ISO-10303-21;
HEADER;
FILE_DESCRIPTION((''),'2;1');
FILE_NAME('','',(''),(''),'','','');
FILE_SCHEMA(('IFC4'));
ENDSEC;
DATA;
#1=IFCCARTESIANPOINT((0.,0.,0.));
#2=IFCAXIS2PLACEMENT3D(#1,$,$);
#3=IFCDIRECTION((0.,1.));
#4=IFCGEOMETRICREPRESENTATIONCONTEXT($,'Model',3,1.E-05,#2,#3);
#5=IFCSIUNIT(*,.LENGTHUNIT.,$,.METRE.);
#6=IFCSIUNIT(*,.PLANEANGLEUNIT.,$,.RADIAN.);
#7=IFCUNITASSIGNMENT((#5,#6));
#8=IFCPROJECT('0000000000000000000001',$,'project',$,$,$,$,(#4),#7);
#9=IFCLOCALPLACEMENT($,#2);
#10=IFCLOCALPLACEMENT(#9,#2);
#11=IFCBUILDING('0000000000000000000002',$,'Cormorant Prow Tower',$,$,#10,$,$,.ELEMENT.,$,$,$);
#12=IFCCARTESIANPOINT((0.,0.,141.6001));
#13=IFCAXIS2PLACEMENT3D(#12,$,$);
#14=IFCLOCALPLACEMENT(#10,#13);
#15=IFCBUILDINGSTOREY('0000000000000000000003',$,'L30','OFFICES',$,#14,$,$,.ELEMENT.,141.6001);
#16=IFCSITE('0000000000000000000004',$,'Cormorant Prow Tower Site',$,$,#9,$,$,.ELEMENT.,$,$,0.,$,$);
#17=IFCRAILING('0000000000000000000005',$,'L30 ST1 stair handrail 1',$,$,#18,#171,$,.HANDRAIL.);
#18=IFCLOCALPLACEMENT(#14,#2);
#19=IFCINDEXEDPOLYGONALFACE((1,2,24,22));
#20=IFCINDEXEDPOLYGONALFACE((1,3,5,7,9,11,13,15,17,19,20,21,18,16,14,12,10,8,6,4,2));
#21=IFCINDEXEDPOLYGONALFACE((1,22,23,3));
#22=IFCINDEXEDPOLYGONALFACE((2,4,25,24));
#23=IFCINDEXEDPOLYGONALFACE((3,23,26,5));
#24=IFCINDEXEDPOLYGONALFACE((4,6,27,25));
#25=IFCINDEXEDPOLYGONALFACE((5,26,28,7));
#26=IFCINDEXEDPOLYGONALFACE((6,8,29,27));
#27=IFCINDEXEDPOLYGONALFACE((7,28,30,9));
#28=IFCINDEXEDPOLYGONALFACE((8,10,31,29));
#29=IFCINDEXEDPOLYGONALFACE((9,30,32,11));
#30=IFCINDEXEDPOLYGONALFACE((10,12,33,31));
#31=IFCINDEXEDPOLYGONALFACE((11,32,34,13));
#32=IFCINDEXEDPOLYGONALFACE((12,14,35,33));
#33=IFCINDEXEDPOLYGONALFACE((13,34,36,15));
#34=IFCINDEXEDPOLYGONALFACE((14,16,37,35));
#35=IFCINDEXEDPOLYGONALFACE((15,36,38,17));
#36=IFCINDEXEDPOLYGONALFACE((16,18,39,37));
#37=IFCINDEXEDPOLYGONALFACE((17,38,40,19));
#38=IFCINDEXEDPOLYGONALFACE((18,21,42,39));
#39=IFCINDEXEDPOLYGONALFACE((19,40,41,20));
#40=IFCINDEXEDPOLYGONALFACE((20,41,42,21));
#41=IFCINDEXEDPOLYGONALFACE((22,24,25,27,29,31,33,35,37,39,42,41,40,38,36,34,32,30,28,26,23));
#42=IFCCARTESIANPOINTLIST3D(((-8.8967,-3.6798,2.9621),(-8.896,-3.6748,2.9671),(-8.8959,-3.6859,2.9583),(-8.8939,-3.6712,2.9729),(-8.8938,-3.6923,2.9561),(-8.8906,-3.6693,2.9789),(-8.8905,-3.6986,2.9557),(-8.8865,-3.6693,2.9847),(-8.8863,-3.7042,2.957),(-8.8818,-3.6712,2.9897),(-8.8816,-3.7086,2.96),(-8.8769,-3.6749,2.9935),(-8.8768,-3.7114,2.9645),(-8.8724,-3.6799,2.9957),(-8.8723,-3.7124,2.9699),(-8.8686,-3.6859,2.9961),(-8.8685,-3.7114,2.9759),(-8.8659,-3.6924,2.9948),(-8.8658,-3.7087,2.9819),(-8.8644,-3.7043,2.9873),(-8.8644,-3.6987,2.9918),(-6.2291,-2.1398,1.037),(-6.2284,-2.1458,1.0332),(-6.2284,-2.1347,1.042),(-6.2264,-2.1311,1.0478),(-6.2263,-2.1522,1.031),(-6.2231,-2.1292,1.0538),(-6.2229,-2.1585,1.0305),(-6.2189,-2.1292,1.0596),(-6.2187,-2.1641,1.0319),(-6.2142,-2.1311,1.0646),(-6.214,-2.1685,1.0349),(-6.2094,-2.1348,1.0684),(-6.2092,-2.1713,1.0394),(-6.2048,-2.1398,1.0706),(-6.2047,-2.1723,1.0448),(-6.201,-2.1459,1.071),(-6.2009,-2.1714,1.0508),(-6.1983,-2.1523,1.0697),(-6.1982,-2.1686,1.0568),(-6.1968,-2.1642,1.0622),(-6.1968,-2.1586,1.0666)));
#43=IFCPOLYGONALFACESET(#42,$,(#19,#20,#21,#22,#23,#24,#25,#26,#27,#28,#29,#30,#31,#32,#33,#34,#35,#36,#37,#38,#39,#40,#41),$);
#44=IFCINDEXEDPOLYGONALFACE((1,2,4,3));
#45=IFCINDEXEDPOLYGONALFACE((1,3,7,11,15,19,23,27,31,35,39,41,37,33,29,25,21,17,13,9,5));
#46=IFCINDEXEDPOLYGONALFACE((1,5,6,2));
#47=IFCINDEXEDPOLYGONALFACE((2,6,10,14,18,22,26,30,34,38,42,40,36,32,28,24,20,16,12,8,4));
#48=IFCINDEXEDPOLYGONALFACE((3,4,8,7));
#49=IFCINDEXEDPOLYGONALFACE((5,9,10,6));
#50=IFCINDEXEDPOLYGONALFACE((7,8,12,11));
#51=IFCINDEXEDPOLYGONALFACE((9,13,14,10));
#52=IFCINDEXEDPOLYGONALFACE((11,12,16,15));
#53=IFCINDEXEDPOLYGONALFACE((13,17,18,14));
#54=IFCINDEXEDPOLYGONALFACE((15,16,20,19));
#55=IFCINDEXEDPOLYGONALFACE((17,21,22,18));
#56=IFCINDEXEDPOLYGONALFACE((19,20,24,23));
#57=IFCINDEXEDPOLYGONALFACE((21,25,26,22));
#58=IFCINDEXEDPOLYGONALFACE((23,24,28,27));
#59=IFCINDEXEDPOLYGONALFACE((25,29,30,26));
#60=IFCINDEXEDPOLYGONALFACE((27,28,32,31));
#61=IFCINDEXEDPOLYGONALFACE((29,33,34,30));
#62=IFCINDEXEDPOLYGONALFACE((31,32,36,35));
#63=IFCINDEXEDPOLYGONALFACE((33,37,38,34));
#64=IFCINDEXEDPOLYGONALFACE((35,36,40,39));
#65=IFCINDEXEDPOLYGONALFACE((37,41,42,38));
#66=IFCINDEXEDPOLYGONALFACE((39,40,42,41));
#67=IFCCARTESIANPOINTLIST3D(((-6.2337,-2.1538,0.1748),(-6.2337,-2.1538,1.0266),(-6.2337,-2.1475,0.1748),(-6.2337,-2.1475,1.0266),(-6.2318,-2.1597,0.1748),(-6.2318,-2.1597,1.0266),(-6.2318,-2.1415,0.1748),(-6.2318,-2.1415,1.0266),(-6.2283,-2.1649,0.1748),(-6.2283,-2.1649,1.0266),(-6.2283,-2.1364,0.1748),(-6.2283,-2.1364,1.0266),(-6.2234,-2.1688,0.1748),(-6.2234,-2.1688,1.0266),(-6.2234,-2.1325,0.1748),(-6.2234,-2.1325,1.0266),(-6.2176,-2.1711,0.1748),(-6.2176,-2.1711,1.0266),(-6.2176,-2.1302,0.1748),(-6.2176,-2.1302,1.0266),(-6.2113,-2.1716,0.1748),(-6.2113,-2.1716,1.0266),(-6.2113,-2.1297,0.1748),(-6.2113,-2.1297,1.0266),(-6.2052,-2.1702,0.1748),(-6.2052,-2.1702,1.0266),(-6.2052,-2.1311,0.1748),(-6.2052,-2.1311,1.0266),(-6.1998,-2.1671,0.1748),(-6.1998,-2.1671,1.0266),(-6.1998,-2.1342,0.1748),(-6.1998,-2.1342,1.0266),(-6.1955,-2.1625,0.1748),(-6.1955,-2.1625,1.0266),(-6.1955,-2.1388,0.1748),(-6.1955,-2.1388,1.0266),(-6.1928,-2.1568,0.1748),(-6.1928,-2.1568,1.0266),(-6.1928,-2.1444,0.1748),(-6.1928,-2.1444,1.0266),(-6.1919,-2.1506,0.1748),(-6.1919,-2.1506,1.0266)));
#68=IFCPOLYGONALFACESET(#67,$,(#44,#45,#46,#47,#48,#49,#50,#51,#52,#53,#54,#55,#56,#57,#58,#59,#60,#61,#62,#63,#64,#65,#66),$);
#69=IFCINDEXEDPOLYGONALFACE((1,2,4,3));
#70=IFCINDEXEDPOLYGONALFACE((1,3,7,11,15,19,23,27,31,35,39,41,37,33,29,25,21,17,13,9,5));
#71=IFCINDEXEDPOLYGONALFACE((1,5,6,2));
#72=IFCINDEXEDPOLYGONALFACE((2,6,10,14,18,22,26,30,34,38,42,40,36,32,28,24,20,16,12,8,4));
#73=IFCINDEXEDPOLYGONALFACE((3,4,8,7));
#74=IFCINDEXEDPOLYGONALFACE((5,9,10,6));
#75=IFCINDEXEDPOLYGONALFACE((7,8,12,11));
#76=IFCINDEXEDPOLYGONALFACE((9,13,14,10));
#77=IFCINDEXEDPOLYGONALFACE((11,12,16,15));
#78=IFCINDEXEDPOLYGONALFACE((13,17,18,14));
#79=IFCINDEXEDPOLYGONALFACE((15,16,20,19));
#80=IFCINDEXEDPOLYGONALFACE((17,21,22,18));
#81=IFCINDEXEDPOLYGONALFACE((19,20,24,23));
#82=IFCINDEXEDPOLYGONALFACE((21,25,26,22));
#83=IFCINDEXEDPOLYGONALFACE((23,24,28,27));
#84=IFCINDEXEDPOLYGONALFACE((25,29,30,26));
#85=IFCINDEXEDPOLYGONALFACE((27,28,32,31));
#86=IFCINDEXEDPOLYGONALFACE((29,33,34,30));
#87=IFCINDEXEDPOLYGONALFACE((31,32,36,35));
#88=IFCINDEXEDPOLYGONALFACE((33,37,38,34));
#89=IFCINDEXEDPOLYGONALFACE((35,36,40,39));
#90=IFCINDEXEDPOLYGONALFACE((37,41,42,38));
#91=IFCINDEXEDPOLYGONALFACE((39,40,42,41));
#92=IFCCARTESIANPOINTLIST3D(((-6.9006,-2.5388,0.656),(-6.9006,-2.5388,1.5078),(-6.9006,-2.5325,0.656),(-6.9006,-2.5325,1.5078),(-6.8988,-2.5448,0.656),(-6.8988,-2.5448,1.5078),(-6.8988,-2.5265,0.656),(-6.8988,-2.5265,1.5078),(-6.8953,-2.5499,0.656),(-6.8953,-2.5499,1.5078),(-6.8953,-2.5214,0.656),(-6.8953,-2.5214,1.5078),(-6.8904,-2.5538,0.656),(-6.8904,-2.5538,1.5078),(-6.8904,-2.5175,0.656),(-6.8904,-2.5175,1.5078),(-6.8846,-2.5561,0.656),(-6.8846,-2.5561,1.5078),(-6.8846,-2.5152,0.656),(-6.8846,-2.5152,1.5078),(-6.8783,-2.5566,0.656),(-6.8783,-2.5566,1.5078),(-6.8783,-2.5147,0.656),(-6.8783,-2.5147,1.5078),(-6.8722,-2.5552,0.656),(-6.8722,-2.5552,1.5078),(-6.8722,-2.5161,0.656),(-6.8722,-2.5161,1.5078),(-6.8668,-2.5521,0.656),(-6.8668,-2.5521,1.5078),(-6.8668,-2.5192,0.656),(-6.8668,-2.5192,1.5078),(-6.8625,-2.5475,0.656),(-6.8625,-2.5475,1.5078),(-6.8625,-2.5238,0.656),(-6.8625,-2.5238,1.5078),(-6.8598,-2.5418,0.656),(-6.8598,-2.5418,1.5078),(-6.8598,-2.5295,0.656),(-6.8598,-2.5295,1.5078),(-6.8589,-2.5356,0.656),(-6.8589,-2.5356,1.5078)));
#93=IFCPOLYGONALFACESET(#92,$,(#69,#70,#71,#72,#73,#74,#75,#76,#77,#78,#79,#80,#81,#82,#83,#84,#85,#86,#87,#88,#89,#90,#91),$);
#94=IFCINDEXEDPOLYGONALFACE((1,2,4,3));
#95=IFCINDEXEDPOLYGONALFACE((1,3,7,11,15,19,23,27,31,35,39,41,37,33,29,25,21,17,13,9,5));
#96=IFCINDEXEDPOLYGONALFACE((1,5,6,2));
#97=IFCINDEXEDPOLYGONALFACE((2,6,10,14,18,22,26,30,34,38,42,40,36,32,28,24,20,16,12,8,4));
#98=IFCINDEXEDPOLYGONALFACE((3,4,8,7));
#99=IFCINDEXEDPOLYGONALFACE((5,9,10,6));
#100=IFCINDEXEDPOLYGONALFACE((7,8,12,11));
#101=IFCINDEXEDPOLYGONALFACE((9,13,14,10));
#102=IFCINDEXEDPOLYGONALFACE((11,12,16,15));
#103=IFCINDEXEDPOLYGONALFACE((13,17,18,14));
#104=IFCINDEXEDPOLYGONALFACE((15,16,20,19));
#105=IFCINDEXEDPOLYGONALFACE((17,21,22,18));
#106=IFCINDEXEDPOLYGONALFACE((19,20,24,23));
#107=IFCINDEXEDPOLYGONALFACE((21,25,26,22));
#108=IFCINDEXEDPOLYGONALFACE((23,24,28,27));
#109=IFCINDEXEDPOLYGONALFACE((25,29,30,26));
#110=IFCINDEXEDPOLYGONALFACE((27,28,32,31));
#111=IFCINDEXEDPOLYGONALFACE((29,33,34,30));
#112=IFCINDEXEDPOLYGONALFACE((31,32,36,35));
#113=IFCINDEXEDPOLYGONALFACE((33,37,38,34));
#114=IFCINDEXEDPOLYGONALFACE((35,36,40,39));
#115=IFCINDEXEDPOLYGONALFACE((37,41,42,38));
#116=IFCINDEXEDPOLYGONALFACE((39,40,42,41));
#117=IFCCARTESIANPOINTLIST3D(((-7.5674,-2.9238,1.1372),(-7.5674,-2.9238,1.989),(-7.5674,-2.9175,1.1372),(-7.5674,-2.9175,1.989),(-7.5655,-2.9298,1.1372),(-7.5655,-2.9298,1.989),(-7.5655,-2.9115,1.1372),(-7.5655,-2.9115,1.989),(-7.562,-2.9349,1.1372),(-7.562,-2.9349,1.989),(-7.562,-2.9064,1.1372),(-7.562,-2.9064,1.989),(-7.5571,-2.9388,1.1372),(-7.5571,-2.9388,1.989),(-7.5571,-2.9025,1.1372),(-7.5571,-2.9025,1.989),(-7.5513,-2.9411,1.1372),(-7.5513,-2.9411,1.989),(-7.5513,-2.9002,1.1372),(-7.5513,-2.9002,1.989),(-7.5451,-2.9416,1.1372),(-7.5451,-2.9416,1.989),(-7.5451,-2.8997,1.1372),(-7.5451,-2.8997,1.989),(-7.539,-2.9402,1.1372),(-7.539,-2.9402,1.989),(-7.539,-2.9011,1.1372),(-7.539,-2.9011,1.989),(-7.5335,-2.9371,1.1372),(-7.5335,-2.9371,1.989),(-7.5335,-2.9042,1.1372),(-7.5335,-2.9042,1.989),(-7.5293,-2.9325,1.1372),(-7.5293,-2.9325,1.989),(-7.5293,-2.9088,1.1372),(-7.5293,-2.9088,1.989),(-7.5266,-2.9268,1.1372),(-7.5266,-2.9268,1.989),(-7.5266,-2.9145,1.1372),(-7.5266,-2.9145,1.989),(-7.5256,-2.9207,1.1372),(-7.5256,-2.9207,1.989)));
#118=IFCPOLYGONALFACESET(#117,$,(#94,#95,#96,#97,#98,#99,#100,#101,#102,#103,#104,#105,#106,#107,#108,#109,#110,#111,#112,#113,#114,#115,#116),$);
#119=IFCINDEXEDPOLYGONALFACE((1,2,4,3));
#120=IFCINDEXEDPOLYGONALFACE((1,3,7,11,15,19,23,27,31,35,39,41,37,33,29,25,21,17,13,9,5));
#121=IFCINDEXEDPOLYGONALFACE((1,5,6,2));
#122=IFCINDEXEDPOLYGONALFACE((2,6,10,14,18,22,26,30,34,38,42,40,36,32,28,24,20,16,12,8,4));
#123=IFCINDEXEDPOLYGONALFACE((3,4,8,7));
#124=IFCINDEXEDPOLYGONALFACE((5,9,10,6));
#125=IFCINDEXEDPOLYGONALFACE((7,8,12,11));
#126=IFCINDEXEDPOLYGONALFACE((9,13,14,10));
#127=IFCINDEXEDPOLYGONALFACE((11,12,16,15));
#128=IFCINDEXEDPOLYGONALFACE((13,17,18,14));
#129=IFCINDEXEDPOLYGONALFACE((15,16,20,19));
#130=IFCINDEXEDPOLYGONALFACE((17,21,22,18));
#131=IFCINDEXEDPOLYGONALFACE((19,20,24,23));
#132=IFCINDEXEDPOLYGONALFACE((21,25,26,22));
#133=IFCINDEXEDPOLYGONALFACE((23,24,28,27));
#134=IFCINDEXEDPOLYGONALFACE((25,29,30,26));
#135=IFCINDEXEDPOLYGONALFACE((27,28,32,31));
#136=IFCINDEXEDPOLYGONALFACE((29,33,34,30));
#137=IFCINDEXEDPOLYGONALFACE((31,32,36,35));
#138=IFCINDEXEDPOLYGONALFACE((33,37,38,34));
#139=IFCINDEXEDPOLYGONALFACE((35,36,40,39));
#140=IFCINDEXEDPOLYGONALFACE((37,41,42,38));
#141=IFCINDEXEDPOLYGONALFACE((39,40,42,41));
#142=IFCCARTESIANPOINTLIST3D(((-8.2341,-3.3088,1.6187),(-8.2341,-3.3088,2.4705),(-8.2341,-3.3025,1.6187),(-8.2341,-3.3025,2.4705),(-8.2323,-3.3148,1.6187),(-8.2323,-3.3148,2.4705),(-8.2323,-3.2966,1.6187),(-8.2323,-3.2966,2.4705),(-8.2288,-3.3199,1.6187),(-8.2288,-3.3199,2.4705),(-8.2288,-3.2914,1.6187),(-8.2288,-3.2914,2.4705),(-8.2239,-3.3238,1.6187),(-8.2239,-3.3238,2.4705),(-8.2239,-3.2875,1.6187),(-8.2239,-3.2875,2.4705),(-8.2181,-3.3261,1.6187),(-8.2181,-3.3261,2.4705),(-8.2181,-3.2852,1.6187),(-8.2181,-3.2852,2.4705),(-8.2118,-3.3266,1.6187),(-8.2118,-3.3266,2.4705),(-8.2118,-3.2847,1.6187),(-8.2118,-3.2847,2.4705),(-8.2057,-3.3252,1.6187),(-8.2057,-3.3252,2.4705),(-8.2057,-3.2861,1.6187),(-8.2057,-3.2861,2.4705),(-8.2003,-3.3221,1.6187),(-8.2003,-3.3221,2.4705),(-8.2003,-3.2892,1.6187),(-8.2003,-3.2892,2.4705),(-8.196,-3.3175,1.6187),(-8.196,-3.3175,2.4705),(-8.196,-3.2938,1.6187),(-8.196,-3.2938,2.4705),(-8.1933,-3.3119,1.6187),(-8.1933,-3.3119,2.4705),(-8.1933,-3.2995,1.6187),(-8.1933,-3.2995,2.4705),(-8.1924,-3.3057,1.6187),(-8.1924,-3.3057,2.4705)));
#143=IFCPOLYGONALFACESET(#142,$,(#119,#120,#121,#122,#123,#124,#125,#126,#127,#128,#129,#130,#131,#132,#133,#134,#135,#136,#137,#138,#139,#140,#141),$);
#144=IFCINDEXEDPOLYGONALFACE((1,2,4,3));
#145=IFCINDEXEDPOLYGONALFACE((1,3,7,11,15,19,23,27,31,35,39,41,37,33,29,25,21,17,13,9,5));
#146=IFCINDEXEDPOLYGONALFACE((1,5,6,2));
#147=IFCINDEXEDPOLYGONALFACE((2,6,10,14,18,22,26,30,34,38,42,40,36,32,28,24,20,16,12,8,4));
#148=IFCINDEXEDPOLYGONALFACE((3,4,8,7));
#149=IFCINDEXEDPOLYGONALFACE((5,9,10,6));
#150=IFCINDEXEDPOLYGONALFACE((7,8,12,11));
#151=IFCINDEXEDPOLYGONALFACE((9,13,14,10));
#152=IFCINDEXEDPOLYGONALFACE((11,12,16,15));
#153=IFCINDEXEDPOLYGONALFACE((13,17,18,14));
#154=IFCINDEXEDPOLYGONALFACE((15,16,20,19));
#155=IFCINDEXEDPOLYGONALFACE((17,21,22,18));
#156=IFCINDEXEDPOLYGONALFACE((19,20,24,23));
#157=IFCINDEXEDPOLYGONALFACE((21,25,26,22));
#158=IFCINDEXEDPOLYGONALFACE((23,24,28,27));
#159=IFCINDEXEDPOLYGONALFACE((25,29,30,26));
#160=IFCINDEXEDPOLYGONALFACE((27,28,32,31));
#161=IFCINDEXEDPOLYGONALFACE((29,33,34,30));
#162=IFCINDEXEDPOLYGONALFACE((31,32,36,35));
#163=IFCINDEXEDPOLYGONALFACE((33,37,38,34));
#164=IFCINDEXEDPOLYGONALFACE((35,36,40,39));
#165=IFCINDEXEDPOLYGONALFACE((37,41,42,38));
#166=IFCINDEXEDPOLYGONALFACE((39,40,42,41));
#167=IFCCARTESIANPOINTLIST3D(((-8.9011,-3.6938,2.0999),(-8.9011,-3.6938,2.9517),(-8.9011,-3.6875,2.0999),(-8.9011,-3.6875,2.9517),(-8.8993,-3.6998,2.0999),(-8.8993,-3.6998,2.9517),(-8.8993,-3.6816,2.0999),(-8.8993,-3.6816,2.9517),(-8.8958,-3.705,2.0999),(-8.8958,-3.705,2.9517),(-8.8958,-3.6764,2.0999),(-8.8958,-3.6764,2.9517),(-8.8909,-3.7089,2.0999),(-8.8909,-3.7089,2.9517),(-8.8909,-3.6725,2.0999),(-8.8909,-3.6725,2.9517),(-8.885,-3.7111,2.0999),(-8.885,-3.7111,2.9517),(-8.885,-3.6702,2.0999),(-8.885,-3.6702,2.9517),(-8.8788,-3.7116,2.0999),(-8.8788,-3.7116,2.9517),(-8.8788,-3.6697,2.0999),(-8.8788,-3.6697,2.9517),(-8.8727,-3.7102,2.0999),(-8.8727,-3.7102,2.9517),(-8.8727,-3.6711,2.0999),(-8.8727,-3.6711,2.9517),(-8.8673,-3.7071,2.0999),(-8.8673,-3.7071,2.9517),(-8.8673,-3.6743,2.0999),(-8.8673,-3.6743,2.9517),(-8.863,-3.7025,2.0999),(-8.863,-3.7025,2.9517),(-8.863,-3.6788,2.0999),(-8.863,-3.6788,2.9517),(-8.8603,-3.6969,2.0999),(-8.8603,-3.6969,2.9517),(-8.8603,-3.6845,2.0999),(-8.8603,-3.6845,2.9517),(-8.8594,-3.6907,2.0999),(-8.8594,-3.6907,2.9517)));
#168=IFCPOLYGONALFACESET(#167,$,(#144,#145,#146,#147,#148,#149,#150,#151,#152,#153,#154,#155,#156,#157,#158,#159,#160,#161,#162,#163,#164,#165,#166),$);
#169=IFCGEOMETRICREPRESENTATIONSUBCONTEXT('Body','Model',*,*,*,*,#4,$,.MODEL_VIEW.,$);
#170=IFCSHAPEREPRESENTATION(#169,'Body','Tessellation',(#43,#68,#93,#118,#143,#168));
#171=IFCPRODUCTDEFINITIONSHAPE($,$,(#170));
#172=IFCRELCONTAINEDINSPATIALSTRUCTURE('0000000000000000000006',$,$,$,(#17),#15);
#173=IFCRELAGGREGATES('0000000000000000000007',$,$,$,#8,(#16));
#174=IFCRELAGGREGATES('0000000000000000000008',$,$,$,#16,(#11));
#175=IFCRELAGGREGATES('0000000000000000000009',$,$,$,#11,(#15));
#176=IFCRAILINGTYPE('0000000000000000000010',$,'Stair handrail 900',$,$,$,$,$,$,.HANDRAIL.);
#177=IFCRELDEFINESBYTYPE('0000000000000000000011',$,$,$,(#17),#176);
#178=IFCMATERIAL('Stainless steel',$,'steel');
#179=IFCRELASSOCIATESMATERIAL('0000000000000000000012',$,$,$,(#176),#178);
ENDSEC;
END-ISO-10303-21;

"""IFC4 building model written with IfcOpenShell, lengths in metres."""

from ifc_helpers import new_model, si_unit, direction, frame, origin, origin_2d, place, context, subcontext, project, spatial, circle, extrude, material, type_object, element, save


model = new_model("IFC4")

# Units and contexts
model_context = context("Model", 3, precision=1e-05, world=origin(), true_north=direction((0.0, 1.0)))
body_context = subcontext(model_context, "Body", "Model", "MODEL_VIEW")
ifc_project = project(units=[si_unit("LENGTHUNIT", "METRE"), si_unit("PLANEANGLEUNIT", "RADIAN")], contexts=[model_context])

# Site, building, storey
site_placement = place(None, origin())
site = spatial("IfcSite", under=ifc_project, at=site_placement, Name="Cormorant Prow Tower Site", CompositionType="ELEMENT", RefElevation=0.0)
building_placement = place(site_placement, origin())
building = spatial("IfcBuilding", under=site, at=building_placement, Name="Cormorant Prow Tower", CompositionType="ELEMENT")
storey_placement = place(building_placement, frame((0.0, 0.0, 141.6001)))
storey = spatial("IfcBuildingStorey", under=building, at=storey_placement, Name="L30", Description="OFFICES", CompositionType="ELEMENT", Elevation=141.6001)

# Railing
ifc_material_1 = material(Name="Stainless steel", Category="steel")
railing_type_1 = type_object("IfcRailingType", Name="Stair handrail 900", PredefinedType="HANDRAIL", material=ifc_material_1)
railing_1_placement = place(storey_placement, frame((-6.2129, -2.1506, 0.1748)))
element("IfcRailing", 1, at=railing_1_placement, inside=storey, type_object=railing_type_1, Name="L30 ST1 stair handrail 1", PredefinedType="HANDRAIL", context=body_context, shape_type="SweptSolid", body=[
    extrude(circle(Radius=0.0239, at=origin_2d()), frame((0.0, 0.0, 0.876), z_axis=(-0.734395, -0.423994, 0.529993), x_axis=(0.499992, -0.86603, 0.0)), (0.0, 0.0, 1.0), 3.6323),
    extrude(circle(Radius=0.021, at=origin_2d()), origin(), (0.0, 0.0, 1.0), 0.8518),
    extrude(circle(Radius=0.021, at=origin_2d()), frame((-0.667, -0.385, 0.4812)), (0.0, 0.0, 1.0), 0.8518),
    extrude(circle(Radius=0.021, at=origin_2d()), frame((-1.3337, -0.77, 0.9624)), (0.0, 0.0, 1.0), 0.8518),
    extrude(circle(Radius=0.021, at=origin_2d()), frame((-2.0005, -1.155, 1.4438)), (0.0, 0.0, 1.0), 0.8518),
    extrude(circle(Radius=0.021, at=origin_2d()), frame((-2.6675, -1.54, 1.925)), (0.0, 0.0, 1.0), 0.8518),
])

save(model, "model.ifc")
